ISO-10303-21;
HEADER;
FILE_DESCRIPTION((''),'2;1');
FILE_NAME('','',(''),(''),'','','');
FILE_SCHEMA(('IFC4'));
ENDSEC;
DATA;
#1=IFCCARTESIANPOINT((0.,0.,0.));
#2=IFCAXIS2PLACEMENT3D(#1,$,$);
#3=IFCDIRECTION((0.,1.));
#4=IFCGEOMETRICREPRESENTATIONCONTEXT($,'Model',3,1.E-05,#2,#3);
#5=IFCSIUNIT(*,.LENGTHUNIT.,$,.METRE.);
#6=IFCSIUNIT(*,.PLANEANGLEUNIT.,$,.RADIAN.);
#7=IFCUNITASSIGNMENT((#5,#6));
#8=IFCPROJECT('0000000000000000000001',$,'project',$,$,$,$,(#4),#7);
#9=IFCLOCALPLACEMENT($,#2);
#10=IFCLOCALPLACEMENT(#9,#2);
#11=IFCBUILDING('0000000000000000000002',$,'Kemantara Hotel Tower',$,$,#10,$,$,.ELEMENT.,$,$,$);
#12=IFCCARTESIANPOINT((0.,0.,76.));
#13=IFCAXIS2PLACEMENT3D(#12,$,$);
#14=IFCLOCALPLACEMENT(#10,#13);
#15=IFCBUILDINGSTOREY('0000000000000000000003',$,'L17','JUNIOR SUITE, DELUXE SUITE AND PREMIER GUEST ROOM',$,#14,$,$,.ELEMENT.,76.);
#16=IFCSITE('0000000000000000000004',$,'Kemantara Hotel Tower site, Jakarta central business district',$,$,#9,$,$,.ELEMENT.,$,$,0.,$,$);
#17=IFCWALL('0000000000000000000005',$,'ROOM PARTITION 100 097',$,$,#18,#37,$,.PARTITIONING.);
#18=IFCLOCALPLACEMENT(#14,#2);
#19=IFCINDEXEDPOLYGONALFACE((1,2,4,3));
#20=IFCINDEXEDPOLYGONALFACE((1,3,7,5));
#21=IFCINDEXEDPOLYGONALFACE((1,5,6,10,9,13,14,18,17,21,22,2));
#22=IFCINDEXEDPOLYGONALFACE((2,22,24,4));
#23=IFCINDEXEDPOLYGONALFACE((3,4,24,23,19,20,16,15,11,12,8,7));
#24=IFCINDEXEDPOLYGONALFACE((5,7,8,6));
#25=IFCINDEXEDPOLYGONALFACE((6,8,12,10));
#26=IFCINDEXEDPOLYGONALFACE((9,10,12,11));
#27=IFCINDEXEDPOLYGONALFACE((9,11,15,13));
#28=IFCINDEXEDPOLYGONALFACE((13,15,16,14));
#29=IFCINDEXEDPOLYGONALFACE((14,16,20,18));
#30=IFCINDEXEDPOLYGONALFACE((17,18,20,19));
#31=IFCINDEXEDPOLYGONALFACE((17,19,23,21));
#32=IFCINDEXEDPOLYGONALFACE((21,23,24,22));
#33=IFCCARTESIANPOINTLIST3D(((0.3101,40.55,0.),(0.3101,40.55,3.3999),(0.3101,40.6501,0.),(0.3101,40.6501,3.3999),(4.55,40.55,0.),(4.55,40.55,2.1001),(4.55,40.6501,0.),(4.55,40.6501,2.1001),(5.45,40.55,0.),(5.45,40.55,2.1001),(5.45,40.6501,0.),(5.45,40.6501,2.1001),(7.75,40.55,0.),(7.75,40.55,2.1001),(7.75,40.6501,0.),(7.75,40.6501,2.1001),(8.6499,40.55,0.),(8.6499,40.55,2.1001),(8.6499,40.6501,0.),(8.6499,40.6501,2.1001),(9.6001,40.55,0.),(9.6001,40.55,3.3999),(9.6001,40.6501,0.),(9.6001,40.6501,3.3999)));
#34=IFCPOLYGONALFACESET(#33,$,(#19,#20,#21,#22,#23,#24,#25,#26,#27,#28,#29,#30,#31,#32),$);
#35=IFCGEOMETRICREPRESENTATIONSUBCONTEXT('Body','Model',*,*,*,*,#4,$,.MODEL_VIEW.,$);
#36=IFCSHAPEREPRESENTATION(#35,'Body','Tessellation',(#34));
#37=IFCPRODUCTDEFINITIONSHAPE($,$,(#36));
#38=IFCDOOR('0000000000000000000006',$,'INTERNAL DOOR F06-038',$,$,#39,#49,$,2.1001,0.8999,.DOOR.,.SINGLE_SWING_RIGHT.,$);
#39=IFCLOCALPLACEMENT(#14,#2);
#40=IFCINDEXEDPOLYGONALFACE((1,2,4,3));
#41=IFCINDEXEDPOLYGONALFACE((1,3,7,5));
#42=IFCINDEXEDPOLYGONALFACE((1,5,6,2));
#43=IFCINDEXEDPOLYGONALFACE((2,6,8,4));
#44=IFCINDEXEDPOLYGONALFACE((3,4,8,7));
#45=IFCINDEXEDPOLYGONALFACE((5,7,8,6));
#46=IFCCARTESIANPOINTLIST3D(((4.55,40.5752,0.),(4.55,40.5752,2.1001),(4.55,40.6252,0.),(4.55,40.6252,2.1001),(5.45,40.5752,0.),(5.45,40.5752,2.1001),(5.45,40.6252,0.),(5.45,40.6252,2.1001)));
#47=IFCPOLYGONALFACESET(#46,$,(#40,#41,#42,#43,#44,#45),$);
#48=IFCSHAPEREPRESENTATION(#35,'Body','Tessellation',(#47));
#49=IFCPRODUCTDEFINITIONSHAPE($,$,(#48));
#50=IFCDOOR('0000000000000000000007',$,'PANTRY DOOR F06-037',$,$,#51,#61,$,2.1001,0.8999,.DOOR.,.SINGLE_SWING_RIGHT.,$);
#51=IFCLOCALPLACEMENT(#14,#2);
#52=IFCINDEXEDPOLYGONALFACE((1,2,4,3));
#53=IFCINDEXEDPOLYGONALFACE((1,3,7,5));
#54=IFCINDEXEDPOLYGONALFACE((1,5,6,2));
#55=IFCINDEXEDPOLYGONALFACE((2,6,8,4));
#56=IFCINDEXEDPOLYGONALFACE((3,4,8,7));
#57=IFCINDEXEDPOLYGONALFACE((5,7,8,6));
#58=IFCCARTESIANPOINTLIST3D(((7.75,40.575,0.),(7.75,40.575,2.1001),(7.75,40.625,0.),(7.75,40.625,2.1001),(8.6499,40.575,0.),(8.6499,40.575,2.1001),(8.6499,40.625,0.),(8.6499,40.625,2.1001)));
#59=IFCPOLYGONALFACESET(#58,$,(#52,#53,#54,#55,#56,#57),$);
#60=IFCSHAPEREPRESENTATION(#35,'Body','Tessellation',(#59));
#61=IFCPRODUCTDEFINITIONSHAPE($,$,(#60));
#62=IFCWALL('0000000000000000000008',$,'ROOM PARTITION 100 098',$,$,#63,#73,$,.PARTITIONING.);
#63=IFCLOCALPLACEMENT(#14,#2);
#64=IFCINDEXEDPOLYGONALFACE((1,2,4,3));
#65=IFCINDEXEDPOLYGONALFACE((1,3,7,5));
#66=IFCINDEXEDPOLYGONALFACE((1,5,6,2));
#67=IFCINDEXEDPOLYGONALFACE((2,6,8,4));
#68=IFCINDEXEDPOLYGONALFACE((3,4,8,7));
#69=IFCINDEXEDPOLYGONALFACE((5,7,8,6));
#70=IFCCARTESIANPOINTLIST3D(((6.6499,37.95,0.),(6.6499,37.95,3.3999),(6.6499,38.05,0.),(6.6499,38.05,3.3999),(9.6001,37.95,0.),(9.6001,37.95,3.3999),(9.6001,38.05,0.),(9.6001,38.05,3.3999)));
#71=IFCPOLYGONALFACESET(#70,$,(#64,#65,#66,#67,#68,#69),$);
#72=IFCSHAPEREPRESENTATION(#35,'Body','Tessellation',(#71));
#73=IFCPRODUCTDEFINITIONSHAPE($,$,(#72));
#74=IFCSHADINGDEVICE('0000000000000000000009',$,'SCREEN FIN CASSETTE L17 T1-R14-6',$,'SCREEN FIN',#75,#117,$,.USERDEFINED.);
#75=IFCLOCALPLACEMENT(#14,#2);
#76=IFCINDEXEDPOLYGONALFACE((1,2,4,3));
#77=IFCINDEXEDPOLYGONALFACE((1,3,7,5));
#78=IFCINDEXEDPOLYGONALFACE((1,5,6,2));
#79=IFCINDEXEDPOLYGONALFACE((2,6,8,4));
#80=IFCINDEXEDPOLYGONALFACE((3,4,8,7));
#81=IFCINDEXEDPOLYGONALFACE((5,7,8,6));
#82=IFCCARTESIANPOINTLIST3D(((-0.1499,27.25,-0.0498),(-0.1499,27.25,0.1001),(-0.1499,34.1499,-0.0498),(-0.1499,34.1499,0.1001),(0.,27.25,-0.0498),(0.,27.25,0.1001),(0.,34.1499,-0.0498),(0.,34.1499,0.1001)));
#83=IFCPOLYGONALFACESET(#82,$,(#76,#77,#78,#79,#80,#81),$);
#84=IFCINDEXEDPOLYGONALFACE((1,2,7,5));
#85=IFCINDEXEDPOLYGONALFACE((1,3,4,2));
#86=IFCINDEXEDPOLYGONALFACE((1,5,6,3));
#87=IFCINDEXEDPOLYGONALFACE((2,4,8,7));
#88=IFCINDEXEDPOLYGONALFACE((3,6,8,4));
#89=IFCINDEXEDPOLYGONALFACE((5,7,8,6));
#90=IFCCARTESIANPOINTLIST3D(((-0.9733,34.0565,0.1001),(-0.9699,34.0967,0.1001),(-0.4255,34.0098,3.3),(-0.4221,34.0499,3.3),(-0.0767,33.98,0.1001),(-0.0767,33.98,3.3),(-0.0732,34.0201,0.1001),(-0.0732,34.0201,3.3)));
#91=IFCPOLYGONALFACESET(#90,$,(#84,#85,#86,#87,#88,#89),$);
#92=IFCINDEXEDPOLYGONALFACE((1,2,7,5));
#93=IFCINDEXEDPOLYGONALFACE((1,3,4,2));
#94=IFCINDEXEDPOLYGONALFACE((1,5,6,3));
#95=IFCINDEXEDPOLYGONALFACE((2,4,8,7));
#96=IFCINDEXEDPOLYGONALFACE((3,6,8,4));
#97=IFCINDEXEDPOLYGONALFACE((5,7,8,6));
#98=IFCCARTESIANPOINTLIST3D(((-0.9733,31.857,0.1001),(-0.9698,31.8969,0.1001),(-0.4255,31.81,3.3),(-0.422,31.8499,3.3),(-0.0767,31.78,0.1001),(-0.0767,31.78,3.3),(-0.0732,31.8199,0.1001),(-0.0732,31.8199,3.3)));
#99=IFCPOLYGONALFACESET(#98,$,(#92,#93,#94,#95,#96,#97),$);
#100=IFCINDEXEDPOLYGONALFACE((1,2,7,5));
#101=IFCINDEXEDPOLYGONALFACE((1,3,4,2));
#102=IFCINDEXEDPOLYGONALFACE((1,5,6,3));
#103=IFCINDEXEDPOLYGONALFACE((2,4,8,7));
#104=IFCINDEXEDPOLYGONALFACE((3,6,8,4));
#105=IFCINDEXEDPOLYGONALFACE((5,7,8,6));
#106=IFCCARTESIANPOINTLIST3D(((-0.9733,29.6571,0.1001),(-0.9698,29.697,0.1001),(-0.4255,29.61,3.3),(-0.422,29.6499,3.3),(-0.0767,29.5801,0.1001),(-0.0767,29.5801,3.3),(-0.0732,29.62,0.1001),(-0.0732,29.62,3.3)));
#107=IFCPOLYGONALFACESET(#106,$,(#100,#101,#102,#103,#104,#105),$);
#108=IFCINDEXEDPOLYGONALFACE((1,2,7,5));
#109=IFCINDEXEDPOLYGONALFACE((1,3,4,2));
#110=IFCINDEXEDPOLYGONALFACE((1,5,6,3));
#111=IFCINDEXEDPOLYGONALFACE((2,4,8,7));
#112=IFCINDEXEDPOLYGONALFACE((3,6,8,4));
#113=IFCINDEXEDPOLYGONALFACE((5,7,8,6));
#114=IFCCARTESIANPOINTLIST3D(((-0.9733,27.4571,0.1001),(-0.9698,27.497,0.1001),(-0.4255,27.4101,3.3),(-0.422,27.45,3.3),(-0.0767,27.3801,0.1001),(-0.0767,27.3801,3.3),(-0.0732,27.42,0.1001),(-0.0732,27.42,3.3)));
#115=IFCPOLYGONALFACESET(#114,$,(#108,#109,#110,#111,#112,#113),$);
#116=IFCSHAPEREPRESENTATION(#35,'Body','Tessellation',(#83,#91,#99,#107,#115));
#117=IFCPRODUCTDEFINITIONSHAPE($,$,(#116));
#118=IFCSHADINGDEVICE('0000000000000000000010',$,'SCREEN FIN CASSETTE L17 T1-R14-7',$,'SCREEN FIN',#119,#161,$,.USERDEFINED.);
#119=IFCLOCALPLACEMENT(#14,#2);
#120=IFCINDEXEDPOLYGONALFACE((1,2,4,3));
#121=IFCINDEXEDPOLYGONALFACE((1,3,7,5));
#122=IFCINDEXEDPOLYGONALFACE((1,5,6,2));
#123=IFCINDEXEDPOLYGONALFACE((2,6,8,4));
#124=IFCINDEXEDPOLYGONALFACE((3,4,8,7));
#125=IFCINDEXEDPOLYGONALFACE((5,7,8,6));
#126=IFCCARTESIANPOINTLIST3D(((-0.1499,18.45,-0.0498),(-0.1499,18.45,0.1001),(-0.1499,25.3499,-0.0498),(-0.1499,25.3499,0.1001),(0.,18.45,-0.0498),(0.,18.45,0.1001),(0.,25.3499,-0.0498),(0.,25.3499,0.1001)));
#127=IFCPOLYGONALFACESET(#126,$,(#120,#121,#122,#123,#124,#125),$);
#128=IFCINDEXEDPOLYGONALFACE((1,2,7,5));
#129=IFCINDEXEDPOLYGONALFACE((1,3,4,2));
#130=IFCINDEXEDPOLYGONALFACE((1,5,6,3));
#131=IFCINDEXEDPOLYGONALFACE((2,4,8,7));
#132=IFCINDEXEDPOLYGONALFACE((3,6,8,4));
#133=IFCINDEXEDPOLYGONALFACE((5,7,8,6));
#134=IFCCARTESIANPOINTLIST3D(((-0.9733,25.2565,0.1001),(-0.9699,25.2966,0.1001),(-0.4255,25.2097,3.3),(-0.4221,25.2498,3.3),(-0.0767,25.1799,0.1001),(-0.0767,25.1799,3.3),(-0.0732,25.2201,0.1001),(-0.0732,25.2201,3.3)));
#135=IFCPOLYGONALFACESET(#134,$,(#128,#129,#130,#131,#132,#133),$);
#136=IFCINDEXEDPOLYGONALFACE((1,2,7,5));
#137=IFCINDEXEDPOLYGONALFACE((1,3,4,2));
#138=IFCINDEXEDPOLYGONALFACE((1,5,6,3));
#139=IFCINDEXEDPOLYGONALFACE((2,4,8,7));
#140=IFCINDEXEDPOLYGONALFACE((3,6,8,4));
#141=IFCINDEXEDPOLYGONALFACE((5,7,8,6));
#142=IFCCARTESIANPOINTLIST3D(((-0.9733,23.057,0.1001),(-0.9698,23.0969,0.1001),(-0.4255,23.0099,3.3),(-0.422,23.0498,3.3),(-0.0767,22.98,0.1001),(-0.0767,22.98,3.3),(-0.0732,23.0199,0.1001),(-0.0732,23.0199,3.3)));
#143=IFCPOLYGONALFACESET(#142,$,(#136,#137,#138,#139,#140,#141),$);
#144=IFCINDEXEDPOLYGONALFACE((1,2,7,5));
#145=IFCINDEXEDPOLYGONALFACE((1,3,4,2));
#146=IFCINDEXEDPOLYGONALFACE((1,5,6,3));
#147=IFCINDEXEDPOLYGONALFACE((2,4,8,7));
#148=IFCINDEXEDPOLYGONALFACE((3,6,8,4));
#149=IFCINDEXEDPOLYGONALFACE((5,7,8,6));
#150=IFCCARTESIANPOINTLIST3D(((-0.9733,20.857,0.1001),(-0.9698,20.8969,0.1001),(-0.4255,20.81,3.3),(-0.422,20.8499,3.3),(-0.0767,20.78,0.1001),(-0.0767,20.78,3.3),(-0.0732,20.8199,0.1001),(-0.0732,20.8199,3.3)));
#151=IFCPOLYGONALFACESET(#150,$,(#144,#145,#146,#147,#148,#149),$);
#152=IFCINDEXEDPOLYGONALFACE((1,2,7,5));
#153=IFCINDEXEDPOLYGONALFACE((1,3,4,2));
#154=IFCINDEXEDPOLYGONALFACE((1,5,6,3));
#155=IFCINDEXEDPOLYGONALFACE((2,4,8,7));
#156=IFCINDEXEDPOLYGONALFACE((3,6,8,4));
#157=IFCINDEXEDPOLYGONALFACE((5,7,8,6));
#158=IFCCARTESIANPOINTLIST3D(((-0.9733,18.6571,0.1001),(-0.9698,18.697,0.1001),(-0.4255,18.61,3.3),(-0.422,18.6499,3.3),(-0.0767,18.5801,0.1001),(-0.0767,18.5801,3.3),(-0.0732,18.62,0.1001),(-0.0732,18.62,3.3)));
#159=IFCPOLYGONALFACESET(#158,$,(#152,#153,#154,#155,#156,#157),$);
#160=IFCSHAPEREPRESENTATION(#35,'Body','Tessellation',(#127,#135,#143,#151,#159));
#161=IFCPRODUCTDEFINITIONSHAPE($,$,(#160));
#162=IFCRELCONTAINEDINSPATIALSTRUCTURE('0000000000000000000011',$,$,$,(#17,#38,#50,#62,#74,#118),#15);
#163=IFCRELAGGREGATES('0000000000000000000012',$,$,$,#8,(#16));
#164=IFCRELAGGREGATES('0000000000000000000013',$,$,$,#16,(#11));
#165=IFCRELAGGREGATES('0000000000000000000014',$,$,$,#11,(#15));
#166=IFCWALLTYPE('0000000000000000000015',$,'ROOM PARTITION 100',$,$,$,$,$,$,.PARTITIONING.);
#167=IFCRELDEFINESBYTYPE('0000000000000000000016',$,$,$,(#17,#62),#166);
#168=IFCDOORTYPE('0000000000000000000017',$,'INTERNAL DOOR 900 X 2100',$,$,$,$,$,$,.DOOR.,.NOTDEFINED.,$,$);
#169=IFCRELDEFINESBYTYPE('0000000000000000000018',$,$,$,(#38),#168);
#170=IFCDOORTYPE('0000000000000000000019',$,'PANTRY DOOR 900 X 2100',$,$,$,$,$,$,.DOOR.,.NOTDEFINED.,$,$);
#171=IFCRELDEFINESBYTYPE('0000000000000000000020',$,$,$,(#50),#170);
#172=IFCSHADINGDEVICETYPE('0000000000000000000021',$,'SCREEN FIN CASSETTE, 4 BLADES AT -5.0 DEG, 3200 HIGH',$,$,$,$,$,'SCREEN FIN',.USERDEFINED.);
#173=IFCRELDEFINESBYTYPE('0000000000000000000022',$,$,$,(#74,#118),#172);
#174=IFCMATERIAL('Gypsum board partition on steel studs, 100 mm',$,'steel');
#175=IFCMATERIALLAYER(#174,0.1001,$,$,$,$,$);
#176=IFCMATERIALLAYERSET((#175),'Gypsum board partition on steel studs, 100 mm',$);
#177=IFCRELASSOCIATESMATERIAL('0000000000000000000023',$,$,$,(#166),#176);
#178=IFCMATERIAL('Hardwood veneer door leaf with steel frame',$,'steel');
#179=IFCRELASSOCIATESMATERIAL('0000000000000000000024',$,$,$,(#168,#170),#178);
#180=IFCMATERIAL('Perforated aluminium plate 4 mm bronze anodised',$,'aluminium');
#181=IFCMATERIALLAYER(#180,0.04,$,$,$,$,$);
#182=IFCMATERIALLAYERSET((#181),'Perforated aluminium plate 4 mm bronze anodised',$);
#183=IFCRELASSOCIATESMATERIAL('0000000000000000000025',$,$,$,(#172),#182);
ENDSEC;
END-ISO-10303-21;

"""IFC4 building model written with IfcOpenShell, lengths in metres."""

from ifc_helpers import new_model, si_unit, direction, frame, frame_2d, origin, origin_2d, place, context, subcontext, project, spatial, polyline, rectangle, outline, extrude, source, transform, mapped, material, layer, layer_set, type_object, element, fill, save


model = new_model("IFC4")

# Units and contexts
model_context = context("Model", 3, precision=1e-05, world=origin(), true_north=direction((0.0, 1.0)))
body_context = subcontext(model_context, "Body", "Model", "MODEL_VIEW")
ifc_project = project(units=[si_unit("LENGTHUNIT", "METRE"), si_unit("PLANEANGLEUNIT", "RADIAN")], contexts=[model_context])

# Site, building, storey
site_placement = place(None, origin())
site = spatial("IfcSite", under=ifc_project, at=site_placement, Name="Kemantara Hotel Tower site, Jakarta central business district", CompositionType="ELEMENT", RefElevation=0.0)
building_placement = place(site_placement, origin())
building = spatial("IfcBuilding", under=site, at=building_placement, Name="Kemantara Hotel Tower", CompositionType="ELEMENT")
storey_placement = place(building_placement, frame((0.0, 0.0, 76.0)))
storey = spatial("IfcBuildingStorey", under=building, at=storey_placement, Name="L17", Description="JUNIOR SUITE, DELUXE SUITE AND PREMIER GUEST ROOM", CompositionType="ELEMENT", Elevation=76.0)

# Shared definitions
ifc_material_1 = material(Name="Hardwood veneer door leaf with steel frame", Category="steel")

# Shared definitions
ifc_material_2 = material(Name="Gypsum board partition on steel studs, 100 mm", Category="steel")
ifc_layer_1 = layer(ifc_material_2, 0.1001)
ifc_layer_set_1 = layer_set([ifc_layer_1], Name="Gypsum board partition on steel studs, 100 mm")
wall_type_1 = type_object("IfcWallType", Name="ROOM PARTITION 100", PredefinedType="PARTITIONING", material=ifc_layer_set_1)

# Wall, openings, doors
wall_1_placement = place(storey_placement, frame((0.3101, 40.6001, 0.0), z_axis=(0.0, 0.0, 1.0), x_axis=(1.0, 0.0, 0.0)))
wall_1 = element("IfcWall", 1, at=wall_1_placement, inside=storey, type_object=wall_type_1, Name="ROOM PARTITION 100 097", PredefinedType="PARTITIONING", context=body_context, shape_type="SweptSolid", body=[
    extrude(rectangle(XDim=9.29, YDim=0.1001, at=frame_2d((4.645, 0.0))), origin(), (0.0, 0.0, 1.0), 3.3999),
])
opening_1_placement = place(wall_1_placement, frame((7.4399, 0.0, 0.0)))
opening_1 = element("IfcOpeningElement", 2, at=opening_1_placement, cuts=wall_1, PredefinedType="OPENING", context=body_context, shape_type="SweptSolid", body=[
    extrude(rectangle(XDim=0.8999, YDim=2.1001, at=frame_2d((0.45, 1.05))), frame((0.0, 0.0601, 0.0), z_axis=(0.0, -1.0, 0.0), x_axis=(1.0, 0.0, 0.0)), (0.0, 0.0, 1.0), 0.1201),
])
opening_2_placement = place(wall_1_placement, frame((4.24, 0.0, 0.0)))
opening_2 = element("IfcOpeningElement", 3, at=opening_2_placement, cuts=wall_1, PredefinedType="OPENING", context=body_context, shape_type="SweptSolid", body=[
    extrude(rectangle(XDim=0.8999, YDim=2.1001, at=frame_2d((0.45, 1.05))), frame((0.0, 0.0601, 0.0), z_axis=(0.0, -1.0, 0.0), x_axis=(1.0, 0.0, 0.0)), (0.0, 0.0, 1.0), 0.1201),
])
door_type_1 = type_object("IfcDoorType", Name="INTERNAL DOOR 900 X 2100", OperationType="NOTDEFINED", PredefinedType="DOOR", material=ifc_material_1)
door_1_placement = place(opening_2_placement, frame((0.8999, 0.0, 0.0), z_axis=(0.0, 0.0, 1.0), x_axis=(-1.0, 0.0, 0.0)))
door_1 = element("IfcDoor", 4, at=door_1_placement, inside=storey, type_object=door_type_1, Name="INTERNAL DOOR F06-038", OperationType="SINGLE_SWING_RIGHT", OverallHeight=2.1001, OverallWidth=0.8999, PredefinedType="DOOR", context=body_context, shape_type="SweptSolid", body=[
    extrude(rectangle(XDim=0.8999, YDim=2.1001, at=frame_2d((0.45, 1.05))), frame((0.0, 0.0249, 0.0), z_axis=(0.0, -1.0, 0.0), x_axis=(1.0, 0.0, 0.0)), (0.0, 0.0, 1.0), 0.05),
])
fill(opening_2, door_1)
door_type_2 = type_object("IfcDoorType", Name="PANTRY DOOR 900 X 2100", OperationType="NOTDEFINED", PredefinedType="DOOR", material=ifc_material_1)
door_2_placement = place(opening_1_placement, origin())
door_2 = element("IfcDoor", 5, at=door_2_placement, inside=storey, type_object=door_type_2, Name="PANTRY DOOR F06-037", OperationType="SINGLE_SWING_RIGHT", OverallHeight=2.1001, OverallWidth=0.8999, PredefinedType="DOOR", context=body_context, shape_type="SweptSolid", body=[
    extrude(rectangle(XDim=0.8999, YDim=2.1001, at=frame_2d((0.45, 1.05))), frame((0.0, 0.0249, 0.0), z_axis=(0.0, -1.0, 0.0), x_axis=(1.0, 0.0, 0.0)), (0.0, 0.0, 1.0), 0.05),
])
fill(opening_1, door_2)

# Wall
wall_2_placement = place(storey_placement, frame((6.6499, 38.0, 0.0), z_axis=(0.0, 0.0, 1.0), x_axis=(1.0, 0.0, 0.0)))
element("IfcWall", 6, at=wall_2_placement, inside=storey, type_object=wall_type_1, Name="ROOM PARTITION 100 098", PredefinedType="PARTITIONING", context=body_context, shape_type="SweptSolid", body=[
    extrude(rectangle(XDim=2.9502, YDim=0.1001, at=frame_2d((1.4751, 0.0))), origin(), (0.0, 0.0, 1.0), 3.3999),
])

# Shading devices
ifc_material_3 = material(Name="Perforated aluminium plate 4 mm bronze anodised", Category="aluminium")
ifc_layer_2 = layer(ifc_material_3, 0.04)
ifc_layer_set_2 = layer_set([ifc_layer_2], Name="Perforated aluminium plate 4 mm bronze anodised")
shading_device_type_1 = type_object("IfcShadingDeviceType", Name="SCREEN FIN CASSETTE, 4 BLADES AT -5.0 DEG, 3200 HIGH", ElementType="SCREEN FIN", PredefinedType="USERDEFINED", material=ifc_layer_set_2)
shared_shape_1 = source(origin(), body_context, "Body", "SweptSolid", [
    extrude(rectangle(XDim=6.8999, YDim=0.1499, at=origin_2d()), frame((3.3, -0.075, -0.1499), z_axis=(0.0, 0.0, 1.0), x_axis=(1.0, 0.0, 0.0)), (0.0, 0.0, 1.0), 0.1499),
    extrude(outline(polyline([(0.0, 0.0), (0.8999, 0.0), (0.3501, 3.2), (0.0, 3.2), (0.0, 0.0)])), frame((0.02, -0.0767, 0.0), z_axis=(-0.996376, 0.085056, 0.0), x_axis=(-0.085056, -0.996376, 0.0)), (0.0, 0.0, 1.0), 0.0403),
    extrude(outline(polyline([(0.0, 0.0), (0.8999, 0.0), (0.3501, 3.2), (0.0, 3.2), (0.0, 0.0)])), frame((2.22, -0.0767, 0.0), z_axis=(-0.996332, 0.085575, 0.0), x_axis=(-0.085575, -0.996332, 0.0)), (0.0, 0.0, 1.0), 0.04),
    extrude(outline(polyline([(0.0, 0.0), (0.8999, 0.0), (0.3501, 3.2), (0.0, 3.2), (0.0, 0.0)])), frame((4.4199, -0.0767, 0.0), z_axis=(-0.996332, 0.085575, 0.0), x_axis=(-0.085575, -0.996332, 0.0)), (0.0, 0.0, 1.0), 0.04),
    extrude(outline(polyline([(0.0, 0.0), (0.8999, 0.0), (0.3501, 3.2), (0.0, 3.2), (0.0, 0.0)])), frame((6.6199, -0.0767, 0.0), z_axis=(-0.996332, 0.085575, 0.0), x_axis=(-0.085575, -0.996332, 0.0)), (0.0, 0.0, 1.0), 0.04),
])
for number, where, z_axis, x_axis, name in (
    (7, (0.0, 34.0, 0.1001), (0.0, 0.0, 1.0), (0.0, -1.0, 0.0), "SCREEN FIN CASSETTE L17 T1-R14-6"),
    (8, (0.0, 25.2, 0.1001), (0.0, 0.0, 1.0), (0.0, -1.0, 0.0), "SCREEN FIN CASSETTE L17 T1-R14-7"),
):
    element("IfcShadingDevice", number, at=place(storey_placement, frame(where, z_axis=z_axis, x_axis=x_axis)), inside=storey, type_object=shading_device_type_1, Name=name, ObjectType="SCREEN FIN", PredefinedType="USERDEFINED", context=body_context, shape_type="MappedRepresentation", body=[
        mapped(shared_shape_1, transform((0.0, 0.0, 0.0))),
    ])

save(model, "model.ifc")
